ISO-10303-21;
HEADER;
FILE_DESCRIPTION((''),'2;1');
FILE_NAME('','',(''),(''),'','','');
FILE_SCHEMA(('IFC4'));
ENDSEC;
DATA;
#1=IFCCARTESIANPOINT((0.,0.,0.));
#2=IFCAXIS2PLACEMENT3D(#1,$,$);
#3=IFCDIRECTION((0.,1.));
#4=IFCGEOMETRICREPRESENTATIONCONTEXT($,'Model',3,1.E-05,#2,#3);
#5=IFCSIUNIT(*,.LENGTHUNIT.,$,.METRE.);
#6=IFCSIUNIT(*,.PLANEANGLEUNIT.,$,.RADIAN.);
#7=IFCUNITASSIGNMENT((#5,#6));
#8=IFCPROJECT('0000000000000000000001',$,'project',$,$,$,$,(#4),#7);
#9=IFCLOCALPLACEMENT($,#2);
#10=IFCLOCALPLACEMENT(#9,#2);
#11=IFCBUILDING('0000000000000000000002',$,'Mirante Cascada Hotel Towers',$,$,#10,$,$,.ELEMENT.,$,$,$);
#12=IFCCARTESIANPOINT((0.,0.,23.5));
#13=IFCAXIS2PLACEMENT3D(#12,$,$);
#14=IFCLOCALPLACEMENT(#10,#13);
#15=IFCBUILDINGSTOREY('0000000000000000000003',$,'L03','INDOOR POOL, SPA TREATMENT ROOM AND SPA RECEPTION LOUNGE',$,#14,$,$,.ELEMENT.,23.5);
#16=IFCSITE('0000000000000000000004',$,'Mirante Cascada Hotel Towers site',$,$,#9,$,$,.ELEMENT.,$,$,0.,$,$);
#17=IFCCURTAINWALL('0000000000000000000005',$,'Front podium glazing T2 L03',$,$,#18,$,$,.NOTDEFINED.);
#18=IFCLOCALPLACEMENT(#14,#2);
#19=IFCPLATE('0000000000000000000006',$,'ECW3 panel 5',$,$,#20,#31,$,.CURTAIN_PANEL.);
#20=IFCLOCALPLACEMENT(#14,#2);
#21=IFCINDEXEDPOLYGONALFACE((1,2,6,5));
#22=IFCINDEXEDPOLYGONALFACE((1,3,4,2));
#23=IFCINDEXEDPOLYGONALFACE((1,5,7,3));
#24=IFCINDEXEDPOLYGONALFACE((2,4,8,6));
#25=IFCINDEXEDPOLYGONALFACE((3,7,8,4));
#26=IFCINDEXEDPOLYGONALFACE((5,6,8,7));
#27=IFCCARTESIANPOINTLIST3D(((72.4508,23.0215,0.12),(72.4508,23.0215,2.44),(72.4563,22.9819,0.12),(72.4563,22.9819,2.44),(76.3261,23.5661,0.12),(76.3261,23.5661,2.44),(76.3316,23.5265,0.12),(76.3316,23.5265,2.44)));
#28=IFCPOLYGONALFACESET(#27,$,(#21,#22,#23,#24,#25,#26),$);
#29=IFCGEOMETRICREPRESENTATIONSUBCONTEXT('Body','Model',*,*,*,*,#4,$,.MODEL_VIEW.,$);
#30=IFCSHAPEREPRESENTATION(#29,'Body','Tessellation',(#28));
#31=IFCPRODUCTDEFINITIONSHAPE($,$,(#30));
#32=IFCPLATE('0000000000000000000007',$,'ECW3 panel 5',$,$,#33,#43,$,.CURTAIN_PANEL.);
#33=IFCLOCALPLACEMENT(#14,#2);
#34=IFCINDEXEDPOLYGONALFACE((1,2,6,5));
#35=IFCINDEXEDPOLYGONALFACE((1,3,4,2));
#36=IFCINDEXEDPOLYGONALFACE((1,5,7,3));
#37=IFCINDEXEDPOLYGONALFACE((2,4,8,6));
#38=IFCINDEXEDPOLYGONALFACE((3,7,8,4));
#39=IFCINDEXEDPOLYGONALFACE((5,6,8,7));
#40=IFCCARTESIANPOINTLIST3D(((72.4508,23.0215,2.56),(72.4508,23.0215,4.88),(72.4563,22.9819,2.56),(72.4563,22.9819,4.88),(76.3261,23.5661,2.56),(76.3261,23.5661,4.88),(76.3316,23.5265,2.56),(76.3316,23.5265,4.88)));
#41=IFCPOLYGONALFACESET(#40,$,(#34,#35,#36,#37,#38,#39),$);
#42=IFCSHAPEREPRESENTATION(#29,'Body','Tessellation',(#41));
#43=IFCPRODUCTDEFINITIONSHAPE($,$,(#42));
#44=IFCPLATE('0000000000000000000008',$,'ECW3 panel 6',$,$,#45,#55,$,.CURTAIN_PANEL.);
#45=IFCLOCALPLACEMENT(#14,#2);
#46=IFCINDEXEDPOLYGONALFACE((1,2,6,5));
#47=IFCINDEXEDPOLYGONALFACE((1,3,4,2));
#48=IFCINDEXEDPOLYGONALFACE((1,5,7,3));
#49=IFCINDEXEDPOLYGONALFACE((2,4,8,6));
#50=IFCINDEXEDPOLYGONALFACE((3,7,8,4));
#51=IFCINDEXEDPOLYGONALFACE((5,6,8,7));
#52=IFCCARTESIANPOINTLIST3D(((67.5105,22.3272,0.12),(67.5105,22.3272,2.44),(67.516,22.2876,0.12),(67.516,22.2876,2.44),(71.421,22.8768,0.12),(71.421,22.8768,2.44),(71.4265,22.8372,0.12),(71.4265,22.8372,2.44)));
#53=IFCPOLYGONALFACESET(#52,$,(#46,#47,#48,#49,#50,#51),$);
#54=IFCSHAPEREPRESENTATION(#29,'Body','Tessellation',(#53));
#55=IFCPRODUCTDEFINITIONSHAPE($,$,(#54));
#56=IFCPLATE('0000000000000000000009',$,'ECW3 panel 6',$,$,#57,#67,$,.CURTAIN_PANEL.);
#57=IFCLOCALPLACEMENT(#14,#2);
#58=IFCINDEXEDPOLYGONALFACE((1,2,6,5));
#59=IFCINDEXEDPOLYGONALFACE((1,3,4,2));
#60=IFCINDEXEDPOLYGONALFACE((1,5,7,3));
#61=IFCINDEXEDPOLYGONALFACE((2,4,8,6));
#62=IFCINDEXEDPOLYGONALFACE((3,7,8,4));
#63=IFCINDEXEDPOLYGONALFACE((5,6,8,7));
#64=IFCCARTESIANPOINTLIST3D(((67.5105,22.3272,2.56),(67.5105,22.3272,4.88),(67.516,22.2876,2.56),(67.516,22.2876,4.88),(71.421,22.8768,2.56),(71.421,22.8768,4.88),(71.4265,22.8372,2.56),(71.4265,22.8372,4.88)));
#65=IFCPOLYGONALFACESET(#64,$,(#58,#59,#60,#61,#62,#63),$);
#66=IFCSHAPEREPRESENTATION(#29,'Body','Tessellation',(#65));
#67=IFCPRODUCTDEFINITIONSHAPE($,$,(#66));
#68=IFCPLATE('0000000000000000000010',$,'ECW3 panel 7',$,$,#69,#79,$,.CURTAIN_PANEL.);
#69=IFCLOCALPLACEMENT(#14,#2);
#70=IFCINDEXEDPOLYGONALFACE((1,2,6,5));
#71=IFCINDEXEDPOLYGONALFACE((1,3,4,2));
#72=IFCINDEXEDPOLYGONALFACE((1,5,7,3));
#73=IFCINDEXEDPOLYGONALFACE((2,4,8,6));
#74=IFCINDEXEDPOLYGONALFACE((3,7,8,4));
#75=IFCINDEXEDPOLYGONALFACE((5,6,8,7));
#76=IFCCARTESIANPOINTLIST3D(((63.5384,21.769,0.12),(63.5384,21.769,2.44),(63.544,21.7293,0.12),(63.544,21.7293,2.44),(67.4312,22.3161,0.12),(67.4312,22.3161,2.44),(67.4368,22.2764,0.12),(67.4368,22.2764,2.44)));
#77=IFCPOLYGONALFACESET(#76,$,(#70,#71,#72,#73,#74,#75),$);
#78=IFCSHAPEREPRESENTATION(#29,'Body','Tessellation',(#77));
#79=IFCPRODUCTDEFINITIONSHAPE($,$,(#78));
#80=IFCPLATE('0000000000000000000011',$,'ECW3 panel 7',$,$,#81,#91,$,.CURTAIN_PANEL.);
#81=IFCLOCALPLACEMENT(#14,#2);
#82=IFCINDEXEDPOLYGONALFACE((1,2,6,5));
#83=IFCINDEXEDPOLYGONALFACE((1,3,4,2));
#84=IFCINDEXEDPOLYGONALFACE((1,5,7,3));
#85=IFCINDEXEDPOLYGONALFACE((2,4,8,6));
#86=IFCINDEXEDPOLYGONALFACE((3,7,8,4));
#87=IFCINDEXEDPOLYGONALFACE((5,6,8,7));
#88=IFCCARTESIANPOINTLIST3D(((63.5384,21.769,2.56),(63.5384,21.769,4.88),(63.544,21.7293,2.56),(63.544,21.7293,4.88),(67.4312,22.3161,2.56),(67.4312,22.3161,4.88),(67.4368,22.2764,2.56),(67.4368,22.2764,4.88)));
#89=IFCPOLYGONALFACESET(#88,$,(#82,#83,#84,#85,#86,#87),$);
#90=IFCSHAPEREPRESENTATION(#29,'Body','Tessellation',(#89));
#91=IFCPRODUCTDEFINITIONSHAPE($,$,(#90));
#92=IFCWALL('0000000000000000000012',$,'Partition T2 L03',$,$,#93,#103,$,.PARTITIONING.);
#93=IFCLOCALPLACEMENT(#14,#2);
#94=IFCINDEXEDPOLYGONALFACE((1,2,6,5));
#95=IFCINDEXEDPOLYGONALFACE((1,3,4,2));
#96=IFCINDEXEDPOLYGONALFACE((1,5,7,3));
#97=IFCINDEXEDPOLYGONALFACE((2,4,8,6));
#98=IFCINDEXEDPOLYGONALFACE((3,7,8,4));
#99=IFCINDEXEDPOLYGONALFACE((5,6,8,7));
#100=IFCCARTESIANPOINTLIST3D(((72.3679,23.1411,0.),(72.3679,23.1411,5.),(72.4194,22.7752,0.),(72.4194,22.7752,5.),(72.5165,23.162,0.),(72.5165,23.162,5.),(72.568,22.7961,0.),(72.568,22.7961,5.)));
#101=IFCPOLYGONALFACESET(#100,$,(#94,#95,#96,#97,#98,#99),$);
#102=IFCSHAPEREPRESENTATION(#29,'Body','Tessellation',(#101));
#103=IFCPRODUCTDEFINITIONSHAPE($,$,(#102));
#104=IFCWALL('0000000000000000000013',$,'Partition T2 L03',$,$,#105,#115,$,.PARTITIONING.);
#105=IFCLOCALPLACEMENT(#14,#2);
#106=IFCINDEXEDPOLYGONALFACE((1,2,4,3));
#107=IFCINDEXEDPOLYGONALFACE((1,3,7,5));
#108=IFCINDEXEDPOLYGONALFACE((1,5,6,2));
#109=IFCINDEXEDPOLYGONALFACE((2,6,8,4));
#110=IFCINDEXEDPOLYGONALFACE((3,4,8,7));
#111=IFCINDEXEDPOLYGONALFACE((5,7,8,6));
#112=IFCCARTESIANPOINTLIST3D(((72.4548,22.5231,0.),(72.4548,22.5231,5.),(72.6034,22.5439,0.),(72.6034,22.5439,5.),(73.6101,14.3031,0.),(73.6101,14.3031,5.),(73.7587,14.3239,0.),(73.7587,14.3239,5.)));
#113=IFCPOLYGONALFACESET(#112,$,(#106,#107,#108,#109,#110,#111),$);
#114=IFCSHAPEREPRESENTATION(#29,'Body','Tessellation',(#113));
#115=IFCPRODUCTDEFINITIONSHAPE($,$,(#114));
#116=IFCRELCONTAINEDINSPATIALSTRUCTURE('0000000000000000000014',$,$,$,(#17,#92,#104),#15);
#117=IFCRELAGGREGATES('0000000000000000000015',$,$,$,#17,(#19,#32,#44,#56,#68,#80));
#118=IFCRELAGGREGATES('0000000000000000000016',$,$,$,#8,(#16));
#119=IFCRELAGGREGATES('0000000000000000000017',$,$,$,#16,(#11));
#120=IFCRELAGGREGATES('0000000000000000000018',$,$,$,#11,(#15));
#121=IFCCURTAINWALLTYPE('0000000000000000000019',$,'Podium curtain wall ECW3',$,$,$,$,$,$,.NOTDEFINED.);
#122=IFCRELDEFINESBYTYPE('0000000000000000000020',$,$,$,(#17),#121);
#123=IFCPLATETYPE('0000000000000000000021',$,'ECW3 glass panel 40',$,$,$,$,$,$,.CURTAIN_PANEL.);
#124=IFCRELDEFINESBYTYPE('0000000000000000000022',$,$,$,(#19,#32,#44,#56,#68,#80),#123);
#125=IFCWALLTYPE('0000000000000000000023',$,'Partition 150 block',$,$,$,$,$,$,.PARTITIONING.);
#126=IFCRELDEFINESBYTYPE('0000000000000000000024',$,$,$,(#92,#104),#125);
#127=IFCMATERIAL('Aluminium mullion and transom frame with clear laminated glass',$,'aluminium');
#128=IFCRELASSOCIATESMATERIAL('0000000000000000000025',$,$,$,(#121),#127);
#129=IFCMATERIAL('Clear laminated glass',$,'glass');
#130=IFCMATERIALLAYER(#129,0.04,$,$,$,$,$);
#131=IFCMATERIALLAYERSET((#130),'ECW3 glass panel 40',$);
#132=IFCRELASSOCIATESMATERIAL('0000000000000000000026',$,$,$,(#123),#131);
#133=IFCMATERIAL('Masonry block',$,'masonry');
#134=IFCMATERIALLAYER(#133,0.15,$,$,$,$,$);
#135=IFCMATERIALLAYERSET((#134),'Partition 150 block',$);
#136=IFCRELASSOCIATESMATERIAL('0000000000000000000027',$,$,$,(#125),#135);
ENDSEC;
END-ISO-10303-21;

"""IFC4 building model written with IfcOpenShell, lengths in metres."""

from ifc_helpers import new_model, si_unit, direction, frame, frame_2d, origin, origin_2d, place, context, subcontext, project, spatial, rectangle, extrude, material, layer, layer_set, type_object, element, aggregate, save


model = new_model("IFC4")

# Units and contexts
model_context = context("Model", 3, precision=1e-05, world=origin(), true_north=direction((0.0, 1.0)))
body_context = subcontext(model_context, "Body", "Model", "MODEL_VIEW")
ifc_project = project(units=[si_unit("LENGTHUNIT", "METRE"), si_unit("PLANEANGLEUNIT", "RADIAN")], contexts=[model_context])

# Site, building, storey
site_placement = place(None, origin())
site = spatial("IfcSite", under=ifc_project, at=site_placement, Name="Mirante Cascada Hotel Towers site", CompositionType="ELEMENT", RefElevation=0.0)
building_placement = place(site_placement, origin())
building = spatial("IfcBuilding", under=site, at=building_placement, Name="Mirante Cascada Hotel Towers", CompositionType="ELEMENT")
storey_placement = place(building_placement, frame((0.0, 0.0, 23.5)))
storey = spatial("IfcBuildingStorey", under=building, at=storey_placement, Name="L03", Description="INDOOR POOL, SPA TREATMENT ROOM AND SPA RECEPTION LOUNGE", CompositionType="ELEMENT", Elevation=23.5)

# Curtain wall, plates
ifc_material_1 = material(Name="Aluminium mullion and transom frame with clear laminated glass", Category="aluminium")
curtain_wall_type = type_object("IfcCurtainWallType", Name="Podium curtain wall ECW3", PredefinedType="NOTDEFINED", material=ifc_material_1)
curtain_wall_placement = place(storey_placement, origin())
curtain_wall = element("IfcCurtainWall", 1, at=curtain_wall_placement, inside=storey, type_object=curtain_wall_type, Name="Front podium glazing T2 L03", PredefinedType="NOTDEFINED")
ifc_material_2 = material(Name="Clear laminated glass", Category="glass")
ifc_layer_1 = layer(ifc_material_2, 0.04)
ifc_layer_set_1 = layer_set([ifc_layer_1], Name="ECW3 glass panel 40")
plate_type = type_object("IfcPlateType", Name="ECW3 glass panel 40", PredefinedType="CURTAIN_PANEL", material=ifc_layer_set_1)
plate_1_placement = place(storey_placement, frame((74.3912, 23.274, 0.12), z_axis=(0.0, 0.0, 1.0), x_axis=(-0.990268, -0.139173, 0.0)))
plate_1 = element("IfcPlate", 2, at=plate_1_placement, type_object=plate_type, Name="ECW3 panel 5", PredefinedType="CURTAIN_PANEL", context=body_context, shape_type="SweptSolid", body=[
    extrude(rectangle(XDim=3.9134, YDim=0.04, at=origin_2d()), origin(), (0.0, 0.0, 1.0), 2.32),
])
plate_2_placement = place(storey_placement, frame((74.3912, 23.274, 2.56), z_axis=(0.0, 0.0, 1.0), x_axis=(-0.990268, -0.139173, 0.0)))
plate_2 = element("IfcPlate", 3, at=plate_2_placement, type_object=plate_type, Name="ECW3 panel 5", PredefinedType="CURTAIN_PANEL", context=body_context, shape_type="SweptSolid", body=[
    extrude(rectangle(XDim=3.9134, YDim=0.04, at=origin_2d()), origin(), (0.0, 0.0, 1.0), 2.32),
])
plate_3_placement = place(storey_placement, frame((69.4685, 22.5822, 0.12), z_axis=(0.0, 0.0, 1.0), x_axis=(-0.990268, -0.139173, 0.0)))
plate_3 = element("IfcPlate", 4, at=plate_3_placement, type_object=plate_type, Name="ECW3 panel 6", PredefinedType="CURTAIN_PANEL", context=body_context, shape_type="SweptSolid", body=[
    extrude(rectangle(XDim=3.9489, YDim=0.04, at=origin_2d()), origin(), (0.0, 0.0, 1.0), 2.32),
])
plate_4_placement = place(storey_placement, frame((69.4685, 22.5822, 2.56), z_axis=(0.0, 0.0, 1.0), x_axis=(-0.990268, -0.139173, 0.0)))
plate_4 = element("IfcPlate", 5, at=plate_4_placement, type_object=plate_type, Name="ECW3 panel 6", PredefinedType="CURTAIN_PANEL", context=body_context, shape_type="SweptSolid", body=[
    extrude(rectangle(XDim=3.9489, YDim=0.04, at=origin_2d()), origin(), (0.0, 0.0, 1.0), 2.32),
])
plate_5_placement = place(storey_placement, frame((65.4876, 22.0227, 0.12), z_axis=(0.0, 0.0, 1.0), x_axis=(-0.990268, -0.139173, 0.0)))
plate_5 = element("IfcPlate", 6, at=plate_5_placement, type_object=plate_type, Name="ECW3 panel 7", PredefinedType="CURTAIN_PANEL", context=body_context, shape_type="SweptSolid", body=[
    extrude(rectangle(XDim=3.9311, YDim=0.04, at=origin_2d()), origin(), (0.0, 0.0, 1.0), 2.32),
])
plate_6_placement = place(storey_placement, frame((65.4876, 22.0227, 2.56), z_axis=(0.0, 0.0, 1.0), x_axis=(-0.990268, -0.139173, 0.0)))
plate_6 = element("IfcPlate", 7, at=plate_6_placement, type_object=plate_type, Name="ECW3 panel 7", PredefinedType="CURTAIN_PANEL", context=body_context, shape_type="SweptSolid", body=[
    extrude(rectangle(XDim=3.9311, YDim=0.04, at=origin_2d()), origin(), (0.0, 0.0, 1.0), 2.32),
])
aggregate(curtain_wall, [plate_1, plate_2, plate_3, plate_4, plate_5, plate_6])

# Walls
ifc_material_3 = material(Name="Masonry block", Category="masonry")
ifc_layer_2 = layer(ifc_material_3, 0.15)
ifc_layer_set_2 = layer_set([ifc_layer_2], Name="Partition 150 block")
wall_type = type_object("IfcWallType", Name="Partition 150 block", PredefinedType="PARTITIONING", material=ifc_layer_set_2)
wall_1_placement = place(storey_placement, frame((72.4422, 23.1516, 0.0), z_axis=(0.0, 0.0, 1.0), x_axis=(0.139375, -0.99024, 0.0)))
element("IfcWall", 8, at=wall_1_placement, inside=storey, type_object=wall_type, Name="Partition T2 L03", PredefinedType="PARTITIONING", context=body_context, shape_type="SweptSolid", body=[
    extrude(rectangle(XDim=0.3695, YDim=0.15, at=frame_2d((0.1848, 0.0))), origin(), (0.0, 0.0, 1.0), 5.0),
])
wall_2_placement = place(storey_placement, frame((72.5291, 22.5335, 0.0), z_axis=(0.0, 0.0, 1.0), x_axis=(0.13918, -0.990267, 0.0)))
element("IfcWall", 9, at=wall_2_placement, inside=storey, type_object=wall_type, Name="Partition T2 L03", PredefinedType="PARTITIONING", context=body_context, shape_type="SweptSolid", body=[
    extrude(rectangle(XDim=8.3008, YDim=0.15, at=frame_2d((4.1504, 0.0))), origin(), (0.0, 0.0, 1.0), 5.0),
])

save(model, "model.ifc")
